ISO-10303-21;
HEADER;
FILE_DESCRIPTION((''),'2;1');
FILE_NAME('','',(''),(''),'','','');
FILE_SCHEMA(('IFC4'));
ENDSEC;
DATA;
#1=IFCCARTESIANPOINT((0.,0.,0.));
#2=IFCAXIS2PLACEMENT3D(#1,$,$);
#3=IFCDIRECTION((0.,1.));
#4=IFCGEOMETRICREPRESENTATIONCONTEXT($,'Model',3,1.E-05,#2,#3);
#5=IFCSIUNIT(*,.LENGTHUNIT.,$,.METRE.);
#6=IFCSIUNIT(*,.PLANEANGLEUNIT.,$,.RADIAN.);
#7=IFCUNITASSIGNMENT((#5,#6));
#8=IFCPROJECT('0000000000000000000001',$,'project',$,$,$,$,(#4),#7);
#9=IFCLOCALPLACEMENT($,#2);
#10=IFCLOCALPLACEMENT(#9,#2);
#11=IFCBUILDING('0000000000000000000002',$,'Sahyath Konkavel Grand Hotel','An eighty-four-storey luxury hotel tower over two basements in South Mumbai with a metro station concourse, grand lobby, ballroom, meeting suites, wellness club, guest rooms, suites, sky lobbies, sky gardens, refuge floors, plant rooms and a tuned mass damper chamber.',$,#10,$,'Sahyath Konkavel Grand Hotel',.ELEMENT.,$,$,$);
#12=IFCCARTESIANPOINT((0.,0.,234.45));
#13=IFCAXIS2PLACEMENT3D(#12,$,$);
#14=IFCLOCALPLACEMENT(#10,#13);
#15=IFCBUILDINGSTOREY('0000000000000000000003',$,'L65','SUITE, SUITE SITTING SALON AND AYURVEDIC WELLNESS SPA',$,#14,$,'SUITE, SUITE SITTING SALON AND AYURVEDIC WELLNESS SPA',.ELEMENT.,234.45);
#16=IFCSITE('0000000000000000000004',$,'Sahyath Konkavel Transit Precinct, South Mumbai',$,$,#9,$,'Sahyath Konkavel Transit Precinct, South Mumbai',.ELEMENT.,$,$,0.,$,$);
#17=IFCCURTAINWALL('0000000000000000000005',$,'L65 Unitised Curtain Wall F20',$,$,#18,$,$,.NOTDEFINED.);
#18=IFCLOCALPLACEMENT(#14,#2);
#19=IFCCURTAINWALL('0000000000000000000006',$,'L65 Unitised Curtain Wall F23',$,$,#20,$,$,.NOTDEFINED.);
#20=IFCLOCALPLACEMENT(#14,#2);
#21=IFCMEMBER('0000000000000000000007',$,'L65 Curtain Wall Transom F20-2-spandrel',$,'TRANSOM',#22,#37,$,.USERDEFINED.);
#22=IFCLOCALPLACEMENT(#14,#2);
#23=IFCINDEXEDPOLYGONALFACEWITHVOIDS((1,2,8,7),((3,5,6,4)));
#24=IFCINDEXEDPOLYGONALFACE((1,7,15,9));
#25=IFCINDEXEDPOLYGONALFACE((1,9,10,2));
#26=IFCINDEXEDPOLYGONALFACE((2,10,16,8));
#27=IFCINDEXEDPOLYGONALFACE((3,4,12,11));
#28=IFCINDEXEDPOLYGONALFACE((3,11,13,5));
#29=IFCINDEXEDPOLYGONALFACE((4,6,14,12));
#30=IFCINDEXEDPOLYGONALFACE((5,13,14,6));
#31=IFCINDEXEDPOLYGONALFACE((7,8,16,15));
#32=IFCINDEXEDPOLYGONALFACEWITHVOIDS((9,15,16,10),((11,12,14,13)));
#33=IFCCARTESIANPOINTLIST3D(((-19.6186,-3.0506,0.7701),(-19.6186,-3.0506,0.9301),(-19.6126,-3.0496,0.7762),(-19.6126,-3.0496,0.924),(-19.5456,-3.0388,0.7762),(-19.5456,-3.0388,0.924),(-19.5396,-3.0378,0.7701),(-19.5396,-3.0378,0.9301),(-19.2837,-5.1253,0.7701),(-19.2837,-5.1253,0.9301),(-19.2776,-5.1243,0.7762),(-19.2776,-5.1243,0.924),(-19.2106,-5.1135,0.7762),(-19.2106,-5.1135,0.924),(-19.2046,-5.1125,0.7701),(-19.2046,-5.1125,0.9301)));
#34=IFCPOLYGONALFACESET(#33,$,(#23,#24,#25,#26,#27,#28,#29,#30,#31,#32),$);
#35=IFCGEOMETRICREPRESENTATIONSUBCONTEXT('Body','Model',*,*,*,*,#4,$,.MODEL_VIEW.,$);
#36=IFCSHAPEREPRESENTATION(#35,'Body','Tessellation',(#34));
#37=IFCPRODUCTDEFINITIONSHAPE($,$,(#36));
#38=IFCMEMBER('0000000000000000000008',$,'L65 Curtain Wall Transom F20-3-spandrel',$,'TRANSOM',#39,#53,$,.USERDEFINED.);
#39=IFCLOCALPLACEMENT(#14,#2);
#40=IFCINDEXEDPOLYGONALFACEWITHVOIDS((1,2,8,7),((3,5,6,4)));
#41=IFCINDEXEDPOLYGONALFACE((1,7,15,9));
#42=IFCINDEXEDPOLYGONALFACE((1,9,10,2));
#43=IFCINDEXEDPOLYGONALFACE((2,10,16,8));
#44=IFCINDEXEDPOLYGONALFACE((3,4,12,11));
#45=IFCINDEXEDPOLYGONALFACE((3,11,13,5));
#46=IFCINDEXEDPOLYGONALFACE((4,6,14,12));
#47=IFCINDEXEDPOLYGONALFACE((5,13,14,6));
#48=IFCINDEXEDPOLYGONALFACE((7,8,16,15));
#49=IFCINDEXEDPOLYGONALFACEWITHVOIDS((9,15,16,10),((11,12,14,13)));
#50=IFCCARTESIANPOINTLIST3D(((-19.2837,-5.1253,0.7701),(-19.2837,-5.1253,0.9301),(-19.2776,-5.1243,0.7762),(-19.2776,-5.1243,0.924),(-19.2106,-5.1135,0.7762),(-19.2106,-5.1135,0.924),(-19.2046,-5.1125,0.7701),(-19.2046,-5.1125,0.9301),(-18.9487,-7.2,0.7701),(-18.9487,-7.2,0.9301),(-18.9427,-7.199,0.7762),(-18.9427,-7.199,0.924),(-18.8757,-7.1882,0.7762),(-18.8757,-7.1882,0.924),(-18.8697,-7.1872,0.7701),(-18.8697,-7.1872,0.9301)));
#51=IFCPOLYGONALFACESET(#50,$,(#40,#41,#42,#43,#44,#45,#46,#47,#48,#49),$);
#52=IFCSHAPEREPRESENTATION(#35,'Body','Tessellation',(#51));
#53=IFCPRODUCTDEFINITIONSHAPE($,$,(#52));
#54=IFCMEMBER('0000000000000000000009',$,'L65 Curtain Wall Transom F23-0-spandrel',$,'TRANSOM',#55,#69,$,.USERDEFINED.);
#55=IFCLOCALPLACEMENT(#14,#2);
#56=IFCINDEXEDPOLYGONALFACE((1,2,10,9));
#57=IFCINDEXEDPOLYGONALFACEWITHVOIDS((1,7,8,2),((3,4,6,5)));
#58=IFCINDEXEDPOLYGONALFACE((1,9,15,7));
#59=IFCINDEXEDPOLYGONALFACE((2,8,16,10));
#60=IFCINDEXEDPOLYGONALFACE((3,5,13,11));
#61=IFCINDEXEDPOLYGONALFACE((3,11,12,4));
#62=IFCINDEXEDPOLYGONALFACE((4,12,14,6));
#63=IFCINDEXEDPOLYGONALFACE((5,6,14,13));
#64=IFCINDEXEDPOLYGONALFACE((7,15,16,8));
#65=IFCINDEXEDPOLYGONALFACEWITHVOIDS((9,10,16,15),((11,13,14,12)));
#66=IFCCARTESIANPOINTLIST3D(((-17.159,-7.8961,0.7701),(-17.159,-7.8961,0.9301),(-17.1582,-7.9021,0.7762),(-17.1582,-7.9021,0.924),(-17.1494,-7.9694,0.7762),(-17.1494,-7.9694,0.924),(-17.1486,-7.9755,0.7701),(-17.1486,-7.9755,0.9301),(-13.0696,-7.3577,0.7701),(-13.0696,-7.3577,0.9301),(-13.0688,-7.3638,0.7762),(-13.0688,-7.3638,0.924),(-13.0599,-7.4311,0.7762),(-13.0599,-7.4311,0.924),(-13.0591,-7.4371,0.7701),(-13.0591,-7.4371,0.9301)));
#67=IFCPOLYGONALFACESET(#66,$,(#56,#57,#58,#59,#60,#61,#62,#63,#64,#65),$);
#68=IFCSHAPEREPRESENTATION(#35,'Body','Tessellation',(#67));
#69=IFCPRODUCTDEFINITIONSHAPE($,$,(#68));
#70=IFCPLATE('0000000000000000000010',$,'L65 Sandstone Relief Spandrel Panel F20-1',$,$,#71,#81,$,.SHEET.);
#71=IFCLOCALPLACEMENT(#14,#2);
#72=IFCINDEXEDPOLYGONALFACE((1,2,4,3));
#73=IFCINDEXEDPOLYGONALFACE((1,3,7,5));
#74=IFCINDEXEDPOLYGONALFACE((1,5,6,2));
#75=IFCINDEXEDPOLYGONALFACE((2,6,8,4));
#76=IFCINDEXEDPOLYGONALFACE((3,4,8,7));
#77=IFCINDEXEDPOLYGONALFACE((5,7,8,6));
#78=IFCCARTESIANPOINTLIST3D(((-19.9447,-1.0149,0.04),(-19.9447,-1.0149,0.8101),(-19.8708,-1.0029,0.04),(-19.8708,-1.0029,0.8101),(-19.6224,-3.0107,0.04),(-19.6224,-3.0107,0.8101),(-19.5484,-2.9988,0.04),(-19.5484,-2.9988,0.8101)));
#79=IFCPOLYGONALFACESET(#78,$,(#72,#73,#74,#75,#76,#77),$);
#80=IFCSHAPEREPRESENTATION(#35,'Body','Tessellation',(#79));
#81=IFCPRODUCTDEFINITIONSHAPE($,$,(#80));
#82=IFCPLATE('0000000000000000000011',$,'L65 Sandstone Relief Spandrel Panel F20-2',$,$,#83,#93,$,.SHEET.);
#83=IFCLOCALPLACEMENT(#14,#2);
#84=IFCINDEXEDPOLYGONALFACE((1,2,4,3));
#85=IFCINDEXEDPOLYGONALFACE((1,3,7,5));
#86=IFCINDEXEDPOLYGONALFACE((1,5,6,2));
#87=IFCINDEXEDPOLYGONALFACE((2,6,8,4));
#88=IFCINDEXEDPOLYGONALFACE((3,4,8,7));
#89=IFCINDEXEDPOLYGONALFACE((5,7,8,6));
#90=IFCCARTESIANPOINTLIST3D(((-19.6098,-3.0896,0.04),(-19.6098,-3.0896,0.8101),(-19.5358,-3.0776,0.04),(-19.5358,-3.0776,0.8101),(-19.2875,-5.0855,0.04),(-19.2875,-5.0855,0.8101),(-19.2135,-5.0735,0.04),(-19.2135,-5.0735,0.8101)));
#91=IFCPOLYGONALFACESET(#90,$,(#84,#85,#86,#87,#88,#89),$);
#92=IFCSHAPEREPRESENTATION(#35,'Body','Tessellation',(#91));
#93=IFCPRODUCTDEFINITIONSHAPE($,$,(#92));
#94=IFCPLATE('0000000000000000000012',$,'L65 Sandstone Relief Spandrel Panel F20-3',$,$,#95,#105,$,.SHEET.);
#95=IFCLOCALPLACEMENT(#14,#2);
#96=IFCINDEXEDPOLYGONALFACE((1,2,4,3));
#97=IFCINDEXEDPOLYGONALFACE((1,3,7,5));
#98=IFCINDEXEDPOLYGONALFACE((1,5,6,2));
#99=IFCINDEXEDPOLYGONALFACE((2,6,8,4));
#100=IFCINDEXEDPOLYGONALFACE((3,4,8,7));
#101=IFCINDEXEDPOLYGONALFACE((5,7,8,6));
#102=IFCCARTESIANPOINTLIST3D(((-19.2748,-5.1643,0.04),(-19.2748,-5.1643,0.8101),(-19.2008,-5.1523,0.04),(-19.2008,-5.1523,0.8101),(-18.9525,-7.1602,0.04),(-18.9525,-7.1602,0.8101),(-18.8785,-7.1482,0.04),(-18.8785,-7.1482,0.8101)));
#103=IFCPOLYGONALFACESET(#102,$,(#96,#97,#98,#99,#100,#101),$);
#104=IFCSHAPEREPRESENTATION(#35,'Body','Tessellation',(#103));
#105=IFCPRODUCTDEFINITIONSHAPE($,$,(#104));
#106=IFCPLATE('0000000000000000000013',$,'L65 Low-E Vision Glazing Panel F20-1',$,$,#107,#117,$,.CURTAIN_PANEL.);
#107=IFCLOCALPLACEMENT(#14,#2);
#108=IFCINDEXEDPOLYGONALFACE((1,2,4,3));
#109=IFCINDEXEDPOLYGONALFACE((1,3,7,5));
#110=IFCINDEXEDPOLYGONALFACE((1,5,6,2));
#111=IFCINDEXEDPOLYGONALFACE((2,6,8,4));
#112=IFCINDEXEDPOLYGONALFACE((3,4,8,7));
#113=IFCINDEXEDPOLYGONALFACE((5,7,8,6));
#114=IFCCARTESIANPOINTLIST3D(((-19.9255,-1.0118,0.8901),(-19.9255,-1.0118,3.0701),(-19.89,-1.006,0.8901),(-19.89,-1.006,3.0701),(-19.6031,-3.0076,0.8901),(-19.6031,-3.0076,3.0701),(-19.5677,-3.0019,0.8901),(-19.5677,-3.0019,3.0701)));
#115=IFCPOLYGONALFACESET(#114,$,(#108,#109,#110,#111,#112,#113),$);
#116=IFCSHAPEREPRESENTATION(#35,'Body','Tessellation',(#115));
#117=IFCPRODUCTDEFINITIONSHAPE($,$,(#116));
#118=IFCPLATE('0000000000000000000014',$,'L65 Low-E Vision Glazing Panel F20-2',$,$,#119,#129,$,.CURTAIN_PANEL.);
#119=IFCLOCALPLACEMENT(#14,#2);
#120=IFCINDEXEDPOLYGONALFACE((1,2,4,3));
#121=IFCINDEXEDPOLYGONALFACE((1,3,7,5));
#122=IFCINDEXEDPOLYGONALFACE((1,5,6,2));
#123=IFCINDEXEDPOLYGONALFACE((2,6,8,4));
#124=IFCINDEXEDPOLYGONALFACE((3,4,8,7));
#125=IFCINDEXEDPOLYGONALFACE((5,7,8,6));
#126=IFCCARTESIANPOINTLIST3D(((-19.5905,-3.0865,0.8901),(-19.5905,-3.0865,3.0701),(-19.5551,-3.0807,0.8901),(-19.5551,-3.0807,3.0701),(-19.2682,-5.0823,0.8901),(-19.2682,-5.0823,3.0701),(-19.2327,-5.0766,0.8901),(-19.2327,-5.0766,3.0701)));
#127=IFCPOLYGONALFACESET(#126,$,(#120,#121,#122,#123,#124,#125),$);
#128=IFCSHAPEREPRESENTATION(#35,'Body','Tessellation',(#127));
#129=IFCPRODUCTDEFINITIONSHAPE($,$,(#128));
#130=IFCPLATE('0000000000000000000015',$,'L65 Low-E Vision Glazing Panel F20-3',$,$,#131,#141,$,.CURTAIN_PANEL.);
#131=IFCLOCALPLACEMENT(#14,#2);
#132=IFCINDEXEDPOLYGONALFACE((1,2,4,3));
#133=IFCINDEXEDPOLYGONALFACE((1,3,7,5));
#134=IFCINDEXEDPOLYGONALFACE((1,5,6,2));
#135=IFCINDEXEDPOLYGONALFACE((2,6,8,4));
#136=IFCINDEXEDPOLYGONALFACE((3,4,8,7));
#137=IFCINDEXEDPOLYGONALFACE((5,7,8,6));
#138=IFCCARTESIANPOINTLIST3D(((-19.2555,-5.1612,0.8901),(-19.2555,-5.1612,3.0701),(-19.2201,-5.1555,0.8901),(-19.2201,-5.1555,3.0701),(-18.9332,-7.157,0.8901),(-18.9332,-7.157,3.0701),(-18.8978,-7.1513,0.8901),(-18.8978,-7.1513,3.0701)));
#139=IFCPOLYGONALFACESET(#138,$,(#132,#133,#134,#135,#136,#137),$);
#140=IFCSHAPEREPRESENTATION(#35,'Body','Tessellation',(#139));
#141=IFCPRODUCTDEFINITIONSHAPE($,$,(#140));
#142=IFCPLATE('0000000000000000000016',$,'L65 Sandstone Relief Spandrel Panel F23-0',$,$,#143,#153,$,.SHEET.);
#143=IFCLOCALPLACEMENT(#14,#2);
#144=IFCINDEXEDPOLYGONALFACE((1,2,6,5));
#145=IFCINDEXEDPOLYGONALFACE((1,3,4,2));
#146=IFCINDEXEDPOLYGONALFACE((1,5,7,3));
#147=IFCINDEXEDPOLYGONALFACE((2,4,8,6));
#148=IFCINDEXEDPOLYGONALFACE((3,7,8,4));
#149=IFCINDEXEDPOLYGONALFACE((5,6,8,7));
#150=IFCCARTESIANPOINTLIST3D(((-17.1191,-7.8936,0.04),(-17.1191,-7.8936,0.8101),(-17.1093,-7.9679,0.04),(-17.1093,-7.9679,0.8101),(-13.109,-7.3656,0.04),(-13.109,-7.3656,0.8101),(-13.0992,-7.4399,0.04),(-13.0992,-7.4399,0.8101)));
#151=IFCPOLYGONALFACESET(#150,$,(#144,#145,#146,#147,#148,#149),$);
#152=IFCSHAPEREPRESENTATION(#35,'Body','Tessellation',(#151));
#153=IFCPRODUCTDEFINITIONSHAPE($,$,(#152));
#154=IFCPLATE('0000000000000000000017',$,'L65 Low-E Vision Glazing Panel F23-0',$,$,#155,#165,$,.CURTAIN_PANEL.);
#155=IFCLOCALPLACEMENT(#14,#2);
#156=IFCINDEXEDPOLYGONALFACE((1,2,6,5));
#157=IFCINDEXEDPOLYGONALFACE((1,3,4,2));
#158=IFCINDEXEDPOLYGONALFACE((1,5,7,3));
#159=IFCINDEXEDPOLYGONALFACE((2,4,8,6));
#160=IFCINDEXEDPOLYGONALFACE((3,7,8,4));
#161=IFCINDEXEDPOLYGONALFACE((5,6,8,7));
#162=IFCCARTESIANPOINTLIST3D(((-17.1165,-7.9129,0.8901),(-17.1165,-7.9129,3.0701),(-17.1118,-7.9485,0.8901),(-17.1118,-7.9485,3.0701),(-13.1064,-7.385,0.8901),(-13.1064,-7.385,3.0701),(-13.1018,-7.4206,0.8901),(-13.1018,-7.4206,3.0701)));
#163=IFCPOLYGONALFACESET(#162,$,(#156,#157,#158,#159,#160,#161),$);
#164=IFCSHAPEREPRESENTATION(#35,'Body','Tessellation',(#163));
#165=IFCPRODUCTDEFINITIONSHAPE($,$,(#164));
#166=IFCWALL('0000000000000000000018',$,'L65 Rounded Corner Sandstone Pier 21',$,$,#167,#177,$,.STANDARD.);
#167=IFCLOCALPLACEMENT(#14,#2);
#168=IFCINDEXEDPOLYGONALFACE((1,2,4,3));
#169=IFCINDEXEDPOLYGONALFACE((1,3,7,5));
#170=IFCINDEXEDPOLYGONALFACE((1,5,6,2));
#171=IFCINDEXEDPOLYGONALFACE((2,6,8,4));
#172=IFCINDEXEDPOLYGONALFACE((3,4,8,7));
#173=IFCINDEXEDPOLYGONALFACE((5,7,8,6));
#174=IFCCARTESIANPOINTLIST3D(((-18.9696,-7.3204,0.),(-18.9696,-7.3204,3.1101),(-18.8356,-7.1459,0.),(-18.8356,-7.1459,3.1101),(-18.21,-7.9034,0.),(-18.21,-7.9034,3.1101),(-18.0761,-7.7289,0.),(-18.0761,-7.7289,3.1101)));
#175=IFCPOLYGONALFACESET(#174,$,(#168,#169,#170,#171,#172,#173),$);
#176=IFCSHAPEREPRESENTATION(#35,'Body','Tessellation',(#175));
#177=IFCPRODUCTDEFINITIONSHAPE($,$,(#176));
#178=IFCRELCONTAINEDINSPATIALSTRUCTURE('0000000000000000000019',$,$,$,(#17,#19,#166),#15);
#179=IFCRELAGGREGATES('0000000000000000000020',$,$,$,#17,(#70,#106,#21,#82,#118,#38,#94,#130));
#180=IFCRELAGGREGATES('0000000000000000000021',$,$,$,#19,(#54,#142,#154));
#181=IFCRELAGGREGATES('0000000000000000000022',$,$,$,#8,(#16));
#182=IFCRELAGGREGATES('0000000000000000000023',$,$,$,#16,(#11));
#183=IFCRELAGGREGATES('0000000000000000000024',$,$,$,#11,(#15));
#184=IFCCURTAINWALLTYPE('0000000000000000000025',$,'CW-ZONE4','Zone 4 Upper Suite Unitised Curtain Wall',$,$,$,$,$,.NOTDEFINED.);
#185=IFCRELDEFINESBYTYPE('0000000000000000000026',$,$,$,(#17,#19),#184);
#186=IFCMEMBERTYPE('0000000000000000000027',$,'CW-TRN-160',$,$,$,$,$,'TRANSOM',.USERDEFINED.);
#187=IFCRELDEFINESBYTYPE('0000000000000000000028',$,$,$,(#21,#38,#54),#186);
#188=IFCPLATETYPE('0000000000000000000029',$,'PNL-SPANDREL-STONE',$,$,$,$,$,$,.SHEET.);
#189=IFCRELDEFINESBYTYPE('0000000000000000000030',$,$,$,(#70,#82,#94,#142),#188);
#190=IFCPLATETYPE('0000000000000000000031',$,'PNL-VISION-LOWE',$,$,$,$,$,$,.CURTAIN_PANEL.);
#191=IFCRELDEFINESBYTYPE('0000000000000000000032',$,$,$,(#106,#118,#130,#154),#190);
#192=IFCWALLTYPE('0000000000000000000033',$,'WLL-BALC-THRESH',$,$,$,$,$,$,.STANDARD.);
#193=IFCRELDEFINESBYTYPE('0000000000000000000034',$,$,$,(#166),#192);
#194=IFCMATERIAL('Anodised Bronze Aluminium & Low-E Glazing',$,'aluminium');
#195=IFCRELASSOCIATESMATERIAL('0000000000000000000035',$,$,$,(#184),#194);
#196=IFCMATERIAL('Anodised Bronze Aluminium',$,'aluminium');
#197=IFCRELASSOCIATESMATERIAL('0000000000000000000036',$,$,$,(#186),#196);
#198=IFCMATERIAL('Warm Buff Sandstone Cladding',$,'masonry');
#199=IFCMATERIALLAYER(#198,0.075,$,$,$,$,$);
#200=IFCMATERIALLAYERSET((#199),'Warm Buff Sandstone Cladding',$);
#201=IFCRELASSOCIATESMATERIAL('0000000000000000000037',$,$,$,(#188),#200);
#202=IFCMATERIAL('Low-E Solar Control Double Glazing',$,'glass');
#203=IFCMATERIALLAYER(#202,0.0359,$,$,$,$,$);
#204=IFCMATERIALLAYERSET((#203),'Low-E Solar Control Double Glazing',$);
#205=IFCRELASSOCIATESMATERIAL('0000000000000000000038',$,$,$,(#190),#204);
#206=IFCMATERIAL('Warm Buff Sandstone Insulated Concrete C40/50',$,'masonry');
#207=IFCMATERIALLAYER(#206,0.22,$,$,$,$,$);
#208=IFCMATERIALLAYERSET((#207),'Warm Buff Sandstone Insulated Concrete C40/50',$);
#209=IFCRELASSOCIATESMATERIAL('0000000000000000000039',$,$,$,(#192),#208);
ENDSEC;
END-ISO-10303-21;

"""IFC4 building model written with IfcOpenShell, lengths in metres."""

from ifc_helpers import new_model, si_unit, direction, frame, frame_2d, origin, origin_2d, place, context, subcontext, project, spatial, rectangle, hollow_rectangle, extrude, source, transform, mapped, material, layer, layer_set, material_profile, profile_set, type_object, element, aggregate, save


model = new_model("IFC4")

# Units and contexts
model_context = context("Model", 3, precision=1e-05, world=origin(), true_north=direction((0.0, 1.0)))
body_context = subcontext(model_context, "Body", "Model", "MODEL_VIEW")
ifc_project = project(units=[si_unit("LENGTHUNIT", "METRE"), si_unit("PLANEANGLEUNIT", "RADIAN")], contexts=[model_context])

# Site, building, storey
site_placement = place(None, origin())
site = spatial("IfcSite", under=ifc_project, at=site_placement, Name="Sahyath Konkavel Transit Precinct, South Mumbai", LongName="Sahyath Konkavel Transit Precinct, South Mumbai", CompositionType="ELEMENT", RefElevation=0.0)
building_placement = place(site_placement, origin())
building = spatial("IfcBuilding", under=site, at=building_placement, Name="Sahyath Konkavel Grand Hotel", Description="An eighty-four-storey luxury hotel tower over two basements in South Mumbai with a metro station concourse, grand lobby, ballroom, meeting suites, wellness club, guest rooms, suites, sky lobbies, sky gardens, refuge floors, plant rooms and a tuned mass damper chamber.", LongName="Sahyath Konkavel Grand Hotel", CompositionType="ELEMENT")
storey_placement = place(building_placement, frame((0.0, 0.0, 234.45)))
storey = spatial("IfcBuildingStorey", under=building, at=storey_placement, Name="L65", Description="SUITE, SUITE SITTING SALON AND AYURVEDIC WELLNESS SPA", LongName="SUITE, SUITE SITTING SALON AND AYURVEDIC WELLNESS SPA", CompositionType="ELEMENT", Elevation=234.45)

# Curtain wall
ifc_material_1 = material(Name="Anodised Bronze Aluminium & Low-E Glazing", Category="aluminium")
curtain_wall_type = type_object("IfcCurtainWallType", Name="CW-ZONE4", Description="Zone 4 Upper Suite Unitised Curtain Wall", PredefinedType="NOTDEFINED", material=ifc_material_1)
curtain_wall_1_placement = place(storey_placement, origin())
curtain_wall_1 = element("IfcCurtainWall", 1, at=curtain_wall_1_placement, inside=storey, type_object=curtain_wall_type, Name="L65 Unitised Curtain Wall F20", PredefinedType="NOTDEFINED")
ifc_material_2 = material(Name="Anodised Bronze Aluminium", Category="aluminium")

# Curtain wall
curtain_wall_2_placement = place(storey_placement, origin())
curtain_wall_2 = element("IfcCurtainWall", 2, at=curtain_wall_2_placement, inside=storey, type_object=curtain_wall_type, Name="L65 Unitised Curtain Wall F23", PredefinedType="NOTDEFINED")

# Members
ifc_material_profile_1 = material_profile(ifc_material_2, hollow_rectangle(XDim=0.0801, YDim=0.1599, WallThickness=0.0061, at=origin_2d()), Name="RHS 160x80x6")
ifc_profile_set_1 = profile_set([ifc_material_profile_1], Name="Anodised Bronze Aluminium")
member_type_1 = type_object("IfcMemberType", Name="CW-TRN-160", ElementType="TRANSOM", PredefinedType="USERDEFINED", material=ifc_profile_set_1)
shared_shape_1 = source(origin(), body_context, "Body", "SweptSolid", [
    extrude(hollow_rectangle(XDim=0.0801, YDim=0.1599, WallThickness=0.0061, at=origin_2d()), origin(), (0.0, 0.0, 1.0), 2.1016),
])
member_1_placement = place(storey_placement, frame((-19.5791, -3.0442, 0.8501), z_axis=(0.159386, -0.987216, 0.0), x_axis=(0.987216, 0.159386, 0.0)))
member_1 = element("IfcMember", 3, at=member_1_placement, type_object=member_type_1, Name="L65 Curtain Wall Transom F20-2-spandrel", ObjectType="TRANSOM", PredefinedType="USERDEFINED", context=body_context, shape_type="MappedRepresentation", body=[
    mapped(shared_shape_1, transform((0.0, 0.0, 0.0), scale=1.0)),
])
member_2_placement = place(storey_placement, frame((-19.2441, -5.1189, 0.8501), z_axis=(0.159386, -0.987216, 0.0), x_axis=(0.987216, 0.159386, 0.0)))
member_2 = element("IfcMember", 4, at=member_2_placement, type_object=member_type_1, Name="L65 Curtain Wall Transom F20-3-spandrel", ObjectType="TRANSOM", PredefinedType="USERDEFINED", context=body_context, shape_type="MappedRepresentation", body=[
    mapped(shared_shape_1, transform((0.0, 0.0, 0.0), scale=1.0)),
])
shared_shape_2 = source(origin(), body_context, "Body", "SweptSolid", [
    extrude(hollow_rectangle(XDim=0.0801, YDim=0.1599, WallThickness=0.0061, at=origin_2d()), origin(), (0.0, 0.0, 1.0), 4.1248),
])
member_3_placement = place(storey_placement, frame((-17.1538, -7.9358, 0.8501), z_axis=(0.991446, 0.130516, 0.0), x_axis=(-0.130516, 0.991446, 0.0)))
member_3 = element("IfcMember", 5, at=member_3_placement, type_object=member_type_1, Name="L65 Curtain Wall Transom F23-0-spandrel", ObjectType="TRANSOM", PredefinedType="USERDEFINED", context=body_context, shape_type="MappedRepresentation", body=[
    mapped(shared_shape_2, transform((0.0, 0.0, 0.0), scale=1.0)),
])

# Plates
ifc_material_3 = material(Name="Warm Buff Sandstone Cladding", Category="masonry")
ifc_layer_1 = layer(ifc_material_3, 0.075)
ifc_layer_set_1 = layer_set([ifc_layer_1], Name="Warm Buff Sandstone Cladding")
plate_type_1 = type_object("IfcPlateType", Name="PNL-SPANDREL-STONE", PredefinedType="SHEET", material=ifc_layer_set_1)
shared_shape_3 = source(origin(), body_context, "Body", "SweptSolid", [
    extrude(rectangle(XDim=2.0217, YDim=0.075, at=origin_2d()), origin(), (0.0, 0.0, 1.0), 0.77),
])
plate_1_placement = place(storey_placement, frame((-19.7466, -2.0068, 0.04), z_axis=(0.0, 0.0, 1.0), x_axis=(0.159433, -0.987209, 0.0)))
plate_1 = element("IfcPlate", 6, at=plate_1_placement, type_object=plate_type_1, Name="L65 Sandstone Relief Spandrel Panel F20-1", PredefinedType="SHEET", context=body_context, shape_type="MappedRepresentation", body=[
    mapped(shared_shape_3, transform((0.0, 0.0, 0.0), scale=1.0)),
])
plate_2_placement = place(storey_placement, frame((-19.4116, -4.0815, 0.04), z_axis=(0.0, 0.0, 1.0), x_axis=(0.159433, -0.987209, 0.0)))
plate_2 = element("IfcPlate", 7, at=plate_2_placement, type_object=plate_type_1, Name="L65 Sandstone Relief Spandrel Panel F20-2", PredefinedType="SHEET", context=body_context, shape_type="MappedRepresentation", body=[
    mapped(shared_shape_3, transform((0.0, 0.0, 0.0), scale=1.0)),
])
plate_3_placement = place(storey_placement, frame((-19.0767, -6.1562, 0.04), z_axis=(0.0, 0.0, 1.0), x_axis=(0.159433, -0.987209, 0.0)))
plate_3 = element("IfcPlate", 8, at=plate_3_placement, type_object=plate_type_1, Name="L65 Sandstone Relief Spandrel Panel F20-3", PredefinedType="SHEET", context=body_context, shape_type="MappedRepresentation", body=[
    mapped(shared_shape_3, transform((0.0, 0.0, 0.0), scale=1.0)),
])
ifc_material_4 = material(Name="Low-E Solar Control Double Glazing", Category="glass")
ifc_layer_2 = layer(ifc_material_4, 0.0359)
ifc_layer_set_2 = layer_set([ifc_layer_2], Name="Low-E Solar Control Double Glazing")
plate_type_2 = type_object("IfcPlateType", Name="PNL-VISION-LOWE", PredefinedType="CURTAIN_PANEL", material=ifc_layer_set_2)
shared_shape_4 = source(origin(), body_context, "Body", "SweptSolid", [
    extrude(rectangle(XDim=2.0217, YDim=0.0359, at=origin_2d()), origin(), (0.0, 0.0, 1.0), 2.1799),
])
plate_4_placement = place(storey_placement, frame((-19.7466, -2.0068, 0.8901), z_axis=(0.0, 0.0, 1.0), x_axis=(0.159433, -0.987209, 0.0)))
plate_4 = element("IfcPlate", 9, at=plate_4_placement, type_object=plate_type_2, Name="L65 Low-E Vision Glazing Panel F20-1", PredefinedType="CURTAIN_PANEL", context=body_context, shape_type="MappedRepresentation", body=[
    mapped(shared_shape_4, transform((0.0, 0.0, 0.0), scale=1.0)),
])
plate_5_placement = place(storey_placement, frame((-19.4116, -4.0815, 0.8901), z_axis=(0.0, 0.0, 1.0), x_axis=(0.159433, -0.987209, 0.0)))
plate_5 = element("IfcPlate", 10, at=plate_5_placement, type_object=plate_type_2, Name="L65 Low-E Vision Glazing Panel F20-2", PredefinedType="CURTAIN_PANEL", context=body_context, shape_type="MappedRepresentation", body=[
    mapped(shared_shape_4, transform((0.0, 0.0, 0.0), scale=1.0)),
])
plate_6_placement = place(storey_placement, frame((-19.0767, -6.1562, 0.8901), z_axis=(0.0, 0.0, 1.0), x_axis=(0.159433, -0.987209, 0.0)))
plate_6 = element("IfcPlate", 11, at=plate_6_placement, type_object=plate_type_2, Name="L65 Low-E Vision Glazing Panel F20-3", PredefinedType="CURTAIN_PANEL", context=body_context, shape_type="MappedRepresentation", body=[
    mapped(shared_shape_4, transform((0.0, 0.0, 0.0), scale=1.0)),
])
aggregate(curtain_wall_1, [plate_1, plate_4, member_1, plate_2, plate_5, member_2, plate_3, plate_6])
shared_shape_5 = source(origin(), body_context, "Body", "SweptSolid", [
    extrude(rectangle(XDim=4.0447, YDim=0.075, at=origin_2d()), origin(), (0.0, 0.0, 1.0), 0.77),
])
plate_7_placement = place(storey_placement, frame((-15.1091, -7.6667, 0.04), z_axis=(0.0, 0.0, 1.0), x_axis=(0.991445, 0.130526, 0.0)))
plate_7 = element("IfcPlate", 12, at=plate_7_placement, type_object=plate_type_1, Name="L65 Sandstone Relief Spandrel Panel F23-0", PredefinedType="SHEET", context=body_context, shape_type="MappedRepresentation", body=[
    mapped(shared_shape_5, transform((0.0, 0.0, 0.0), scale=1.0)),
])
shared_shape_6 = source(origin(), body_context, "Body", "SweptSolid", [
    extrude(rectangle(XDim=4.0447, YDim=0.0359, at=origin_2d()), origin(), (0.0, 0.0, 1.0), 2.1799),
])
plate_8_placement = place(storey_placement, frame((-15.1091, -7.6667, 0.8901), z_axis=(0.0, 0.0, 1.0), x_axis=(0.991445, 0.130526, 0.0)))
plate_8 = element("IfcPlate", 13, at=plate_8_placement, type_object=plate_type_2, Name="L65 Low-E Vision Glazing Panel F23-0", PredefinedType="CURTAIN_PANEL", context=body_context, shape_type="MappedRepresentation", body=[
    mapped(shared_shape_6, transform((0.0, 0.0, 0.0), scale=1.0)),
])
aggregate(curtain_wall_2, [member_3, plate_7, plate_8])

# Wall
ifc_material_5 = material(Name="Warm Buff Sandstone Insulated Concrete C40/50", Category="masonry")
ifc_layer_3 = layer(ifc_material_5, 0.22)
ifc_layer_set_3 = layer_set([ifc_layer_3], Name="Warm Buff Sandstone Insulated Concrete C40/50")
wall_type_1 = type_object("IfcWallType", Name="WLL-BALC-THRESH", PredefinedType="STANDARD", material=ifc_layer_set_3)
wall_1_placement = place(storey_placement, frame((-18.9026, -7.2332, 0.0), z_axis=(0.0, 0.0, 1.0), x_axis=(0.793249, -0.608897, 0.0)))
element("IfcWall", 14, at=wall_1_placement, inside=storey, type_object=wall_type_1, Name="L65 Rounded Corner Sandstone Pier 21", PredefinedType="STANDARD", context=body_context, shape_type="SweptSolid", body=[
    extrude(rectangle(XDim=0.9575, YDim=0.22, at=frame_2d((0.4788, 0.0))), origin(), (0.0, 0.0, 1.0), 3.1101),
])

save(model, "model.ifc")
